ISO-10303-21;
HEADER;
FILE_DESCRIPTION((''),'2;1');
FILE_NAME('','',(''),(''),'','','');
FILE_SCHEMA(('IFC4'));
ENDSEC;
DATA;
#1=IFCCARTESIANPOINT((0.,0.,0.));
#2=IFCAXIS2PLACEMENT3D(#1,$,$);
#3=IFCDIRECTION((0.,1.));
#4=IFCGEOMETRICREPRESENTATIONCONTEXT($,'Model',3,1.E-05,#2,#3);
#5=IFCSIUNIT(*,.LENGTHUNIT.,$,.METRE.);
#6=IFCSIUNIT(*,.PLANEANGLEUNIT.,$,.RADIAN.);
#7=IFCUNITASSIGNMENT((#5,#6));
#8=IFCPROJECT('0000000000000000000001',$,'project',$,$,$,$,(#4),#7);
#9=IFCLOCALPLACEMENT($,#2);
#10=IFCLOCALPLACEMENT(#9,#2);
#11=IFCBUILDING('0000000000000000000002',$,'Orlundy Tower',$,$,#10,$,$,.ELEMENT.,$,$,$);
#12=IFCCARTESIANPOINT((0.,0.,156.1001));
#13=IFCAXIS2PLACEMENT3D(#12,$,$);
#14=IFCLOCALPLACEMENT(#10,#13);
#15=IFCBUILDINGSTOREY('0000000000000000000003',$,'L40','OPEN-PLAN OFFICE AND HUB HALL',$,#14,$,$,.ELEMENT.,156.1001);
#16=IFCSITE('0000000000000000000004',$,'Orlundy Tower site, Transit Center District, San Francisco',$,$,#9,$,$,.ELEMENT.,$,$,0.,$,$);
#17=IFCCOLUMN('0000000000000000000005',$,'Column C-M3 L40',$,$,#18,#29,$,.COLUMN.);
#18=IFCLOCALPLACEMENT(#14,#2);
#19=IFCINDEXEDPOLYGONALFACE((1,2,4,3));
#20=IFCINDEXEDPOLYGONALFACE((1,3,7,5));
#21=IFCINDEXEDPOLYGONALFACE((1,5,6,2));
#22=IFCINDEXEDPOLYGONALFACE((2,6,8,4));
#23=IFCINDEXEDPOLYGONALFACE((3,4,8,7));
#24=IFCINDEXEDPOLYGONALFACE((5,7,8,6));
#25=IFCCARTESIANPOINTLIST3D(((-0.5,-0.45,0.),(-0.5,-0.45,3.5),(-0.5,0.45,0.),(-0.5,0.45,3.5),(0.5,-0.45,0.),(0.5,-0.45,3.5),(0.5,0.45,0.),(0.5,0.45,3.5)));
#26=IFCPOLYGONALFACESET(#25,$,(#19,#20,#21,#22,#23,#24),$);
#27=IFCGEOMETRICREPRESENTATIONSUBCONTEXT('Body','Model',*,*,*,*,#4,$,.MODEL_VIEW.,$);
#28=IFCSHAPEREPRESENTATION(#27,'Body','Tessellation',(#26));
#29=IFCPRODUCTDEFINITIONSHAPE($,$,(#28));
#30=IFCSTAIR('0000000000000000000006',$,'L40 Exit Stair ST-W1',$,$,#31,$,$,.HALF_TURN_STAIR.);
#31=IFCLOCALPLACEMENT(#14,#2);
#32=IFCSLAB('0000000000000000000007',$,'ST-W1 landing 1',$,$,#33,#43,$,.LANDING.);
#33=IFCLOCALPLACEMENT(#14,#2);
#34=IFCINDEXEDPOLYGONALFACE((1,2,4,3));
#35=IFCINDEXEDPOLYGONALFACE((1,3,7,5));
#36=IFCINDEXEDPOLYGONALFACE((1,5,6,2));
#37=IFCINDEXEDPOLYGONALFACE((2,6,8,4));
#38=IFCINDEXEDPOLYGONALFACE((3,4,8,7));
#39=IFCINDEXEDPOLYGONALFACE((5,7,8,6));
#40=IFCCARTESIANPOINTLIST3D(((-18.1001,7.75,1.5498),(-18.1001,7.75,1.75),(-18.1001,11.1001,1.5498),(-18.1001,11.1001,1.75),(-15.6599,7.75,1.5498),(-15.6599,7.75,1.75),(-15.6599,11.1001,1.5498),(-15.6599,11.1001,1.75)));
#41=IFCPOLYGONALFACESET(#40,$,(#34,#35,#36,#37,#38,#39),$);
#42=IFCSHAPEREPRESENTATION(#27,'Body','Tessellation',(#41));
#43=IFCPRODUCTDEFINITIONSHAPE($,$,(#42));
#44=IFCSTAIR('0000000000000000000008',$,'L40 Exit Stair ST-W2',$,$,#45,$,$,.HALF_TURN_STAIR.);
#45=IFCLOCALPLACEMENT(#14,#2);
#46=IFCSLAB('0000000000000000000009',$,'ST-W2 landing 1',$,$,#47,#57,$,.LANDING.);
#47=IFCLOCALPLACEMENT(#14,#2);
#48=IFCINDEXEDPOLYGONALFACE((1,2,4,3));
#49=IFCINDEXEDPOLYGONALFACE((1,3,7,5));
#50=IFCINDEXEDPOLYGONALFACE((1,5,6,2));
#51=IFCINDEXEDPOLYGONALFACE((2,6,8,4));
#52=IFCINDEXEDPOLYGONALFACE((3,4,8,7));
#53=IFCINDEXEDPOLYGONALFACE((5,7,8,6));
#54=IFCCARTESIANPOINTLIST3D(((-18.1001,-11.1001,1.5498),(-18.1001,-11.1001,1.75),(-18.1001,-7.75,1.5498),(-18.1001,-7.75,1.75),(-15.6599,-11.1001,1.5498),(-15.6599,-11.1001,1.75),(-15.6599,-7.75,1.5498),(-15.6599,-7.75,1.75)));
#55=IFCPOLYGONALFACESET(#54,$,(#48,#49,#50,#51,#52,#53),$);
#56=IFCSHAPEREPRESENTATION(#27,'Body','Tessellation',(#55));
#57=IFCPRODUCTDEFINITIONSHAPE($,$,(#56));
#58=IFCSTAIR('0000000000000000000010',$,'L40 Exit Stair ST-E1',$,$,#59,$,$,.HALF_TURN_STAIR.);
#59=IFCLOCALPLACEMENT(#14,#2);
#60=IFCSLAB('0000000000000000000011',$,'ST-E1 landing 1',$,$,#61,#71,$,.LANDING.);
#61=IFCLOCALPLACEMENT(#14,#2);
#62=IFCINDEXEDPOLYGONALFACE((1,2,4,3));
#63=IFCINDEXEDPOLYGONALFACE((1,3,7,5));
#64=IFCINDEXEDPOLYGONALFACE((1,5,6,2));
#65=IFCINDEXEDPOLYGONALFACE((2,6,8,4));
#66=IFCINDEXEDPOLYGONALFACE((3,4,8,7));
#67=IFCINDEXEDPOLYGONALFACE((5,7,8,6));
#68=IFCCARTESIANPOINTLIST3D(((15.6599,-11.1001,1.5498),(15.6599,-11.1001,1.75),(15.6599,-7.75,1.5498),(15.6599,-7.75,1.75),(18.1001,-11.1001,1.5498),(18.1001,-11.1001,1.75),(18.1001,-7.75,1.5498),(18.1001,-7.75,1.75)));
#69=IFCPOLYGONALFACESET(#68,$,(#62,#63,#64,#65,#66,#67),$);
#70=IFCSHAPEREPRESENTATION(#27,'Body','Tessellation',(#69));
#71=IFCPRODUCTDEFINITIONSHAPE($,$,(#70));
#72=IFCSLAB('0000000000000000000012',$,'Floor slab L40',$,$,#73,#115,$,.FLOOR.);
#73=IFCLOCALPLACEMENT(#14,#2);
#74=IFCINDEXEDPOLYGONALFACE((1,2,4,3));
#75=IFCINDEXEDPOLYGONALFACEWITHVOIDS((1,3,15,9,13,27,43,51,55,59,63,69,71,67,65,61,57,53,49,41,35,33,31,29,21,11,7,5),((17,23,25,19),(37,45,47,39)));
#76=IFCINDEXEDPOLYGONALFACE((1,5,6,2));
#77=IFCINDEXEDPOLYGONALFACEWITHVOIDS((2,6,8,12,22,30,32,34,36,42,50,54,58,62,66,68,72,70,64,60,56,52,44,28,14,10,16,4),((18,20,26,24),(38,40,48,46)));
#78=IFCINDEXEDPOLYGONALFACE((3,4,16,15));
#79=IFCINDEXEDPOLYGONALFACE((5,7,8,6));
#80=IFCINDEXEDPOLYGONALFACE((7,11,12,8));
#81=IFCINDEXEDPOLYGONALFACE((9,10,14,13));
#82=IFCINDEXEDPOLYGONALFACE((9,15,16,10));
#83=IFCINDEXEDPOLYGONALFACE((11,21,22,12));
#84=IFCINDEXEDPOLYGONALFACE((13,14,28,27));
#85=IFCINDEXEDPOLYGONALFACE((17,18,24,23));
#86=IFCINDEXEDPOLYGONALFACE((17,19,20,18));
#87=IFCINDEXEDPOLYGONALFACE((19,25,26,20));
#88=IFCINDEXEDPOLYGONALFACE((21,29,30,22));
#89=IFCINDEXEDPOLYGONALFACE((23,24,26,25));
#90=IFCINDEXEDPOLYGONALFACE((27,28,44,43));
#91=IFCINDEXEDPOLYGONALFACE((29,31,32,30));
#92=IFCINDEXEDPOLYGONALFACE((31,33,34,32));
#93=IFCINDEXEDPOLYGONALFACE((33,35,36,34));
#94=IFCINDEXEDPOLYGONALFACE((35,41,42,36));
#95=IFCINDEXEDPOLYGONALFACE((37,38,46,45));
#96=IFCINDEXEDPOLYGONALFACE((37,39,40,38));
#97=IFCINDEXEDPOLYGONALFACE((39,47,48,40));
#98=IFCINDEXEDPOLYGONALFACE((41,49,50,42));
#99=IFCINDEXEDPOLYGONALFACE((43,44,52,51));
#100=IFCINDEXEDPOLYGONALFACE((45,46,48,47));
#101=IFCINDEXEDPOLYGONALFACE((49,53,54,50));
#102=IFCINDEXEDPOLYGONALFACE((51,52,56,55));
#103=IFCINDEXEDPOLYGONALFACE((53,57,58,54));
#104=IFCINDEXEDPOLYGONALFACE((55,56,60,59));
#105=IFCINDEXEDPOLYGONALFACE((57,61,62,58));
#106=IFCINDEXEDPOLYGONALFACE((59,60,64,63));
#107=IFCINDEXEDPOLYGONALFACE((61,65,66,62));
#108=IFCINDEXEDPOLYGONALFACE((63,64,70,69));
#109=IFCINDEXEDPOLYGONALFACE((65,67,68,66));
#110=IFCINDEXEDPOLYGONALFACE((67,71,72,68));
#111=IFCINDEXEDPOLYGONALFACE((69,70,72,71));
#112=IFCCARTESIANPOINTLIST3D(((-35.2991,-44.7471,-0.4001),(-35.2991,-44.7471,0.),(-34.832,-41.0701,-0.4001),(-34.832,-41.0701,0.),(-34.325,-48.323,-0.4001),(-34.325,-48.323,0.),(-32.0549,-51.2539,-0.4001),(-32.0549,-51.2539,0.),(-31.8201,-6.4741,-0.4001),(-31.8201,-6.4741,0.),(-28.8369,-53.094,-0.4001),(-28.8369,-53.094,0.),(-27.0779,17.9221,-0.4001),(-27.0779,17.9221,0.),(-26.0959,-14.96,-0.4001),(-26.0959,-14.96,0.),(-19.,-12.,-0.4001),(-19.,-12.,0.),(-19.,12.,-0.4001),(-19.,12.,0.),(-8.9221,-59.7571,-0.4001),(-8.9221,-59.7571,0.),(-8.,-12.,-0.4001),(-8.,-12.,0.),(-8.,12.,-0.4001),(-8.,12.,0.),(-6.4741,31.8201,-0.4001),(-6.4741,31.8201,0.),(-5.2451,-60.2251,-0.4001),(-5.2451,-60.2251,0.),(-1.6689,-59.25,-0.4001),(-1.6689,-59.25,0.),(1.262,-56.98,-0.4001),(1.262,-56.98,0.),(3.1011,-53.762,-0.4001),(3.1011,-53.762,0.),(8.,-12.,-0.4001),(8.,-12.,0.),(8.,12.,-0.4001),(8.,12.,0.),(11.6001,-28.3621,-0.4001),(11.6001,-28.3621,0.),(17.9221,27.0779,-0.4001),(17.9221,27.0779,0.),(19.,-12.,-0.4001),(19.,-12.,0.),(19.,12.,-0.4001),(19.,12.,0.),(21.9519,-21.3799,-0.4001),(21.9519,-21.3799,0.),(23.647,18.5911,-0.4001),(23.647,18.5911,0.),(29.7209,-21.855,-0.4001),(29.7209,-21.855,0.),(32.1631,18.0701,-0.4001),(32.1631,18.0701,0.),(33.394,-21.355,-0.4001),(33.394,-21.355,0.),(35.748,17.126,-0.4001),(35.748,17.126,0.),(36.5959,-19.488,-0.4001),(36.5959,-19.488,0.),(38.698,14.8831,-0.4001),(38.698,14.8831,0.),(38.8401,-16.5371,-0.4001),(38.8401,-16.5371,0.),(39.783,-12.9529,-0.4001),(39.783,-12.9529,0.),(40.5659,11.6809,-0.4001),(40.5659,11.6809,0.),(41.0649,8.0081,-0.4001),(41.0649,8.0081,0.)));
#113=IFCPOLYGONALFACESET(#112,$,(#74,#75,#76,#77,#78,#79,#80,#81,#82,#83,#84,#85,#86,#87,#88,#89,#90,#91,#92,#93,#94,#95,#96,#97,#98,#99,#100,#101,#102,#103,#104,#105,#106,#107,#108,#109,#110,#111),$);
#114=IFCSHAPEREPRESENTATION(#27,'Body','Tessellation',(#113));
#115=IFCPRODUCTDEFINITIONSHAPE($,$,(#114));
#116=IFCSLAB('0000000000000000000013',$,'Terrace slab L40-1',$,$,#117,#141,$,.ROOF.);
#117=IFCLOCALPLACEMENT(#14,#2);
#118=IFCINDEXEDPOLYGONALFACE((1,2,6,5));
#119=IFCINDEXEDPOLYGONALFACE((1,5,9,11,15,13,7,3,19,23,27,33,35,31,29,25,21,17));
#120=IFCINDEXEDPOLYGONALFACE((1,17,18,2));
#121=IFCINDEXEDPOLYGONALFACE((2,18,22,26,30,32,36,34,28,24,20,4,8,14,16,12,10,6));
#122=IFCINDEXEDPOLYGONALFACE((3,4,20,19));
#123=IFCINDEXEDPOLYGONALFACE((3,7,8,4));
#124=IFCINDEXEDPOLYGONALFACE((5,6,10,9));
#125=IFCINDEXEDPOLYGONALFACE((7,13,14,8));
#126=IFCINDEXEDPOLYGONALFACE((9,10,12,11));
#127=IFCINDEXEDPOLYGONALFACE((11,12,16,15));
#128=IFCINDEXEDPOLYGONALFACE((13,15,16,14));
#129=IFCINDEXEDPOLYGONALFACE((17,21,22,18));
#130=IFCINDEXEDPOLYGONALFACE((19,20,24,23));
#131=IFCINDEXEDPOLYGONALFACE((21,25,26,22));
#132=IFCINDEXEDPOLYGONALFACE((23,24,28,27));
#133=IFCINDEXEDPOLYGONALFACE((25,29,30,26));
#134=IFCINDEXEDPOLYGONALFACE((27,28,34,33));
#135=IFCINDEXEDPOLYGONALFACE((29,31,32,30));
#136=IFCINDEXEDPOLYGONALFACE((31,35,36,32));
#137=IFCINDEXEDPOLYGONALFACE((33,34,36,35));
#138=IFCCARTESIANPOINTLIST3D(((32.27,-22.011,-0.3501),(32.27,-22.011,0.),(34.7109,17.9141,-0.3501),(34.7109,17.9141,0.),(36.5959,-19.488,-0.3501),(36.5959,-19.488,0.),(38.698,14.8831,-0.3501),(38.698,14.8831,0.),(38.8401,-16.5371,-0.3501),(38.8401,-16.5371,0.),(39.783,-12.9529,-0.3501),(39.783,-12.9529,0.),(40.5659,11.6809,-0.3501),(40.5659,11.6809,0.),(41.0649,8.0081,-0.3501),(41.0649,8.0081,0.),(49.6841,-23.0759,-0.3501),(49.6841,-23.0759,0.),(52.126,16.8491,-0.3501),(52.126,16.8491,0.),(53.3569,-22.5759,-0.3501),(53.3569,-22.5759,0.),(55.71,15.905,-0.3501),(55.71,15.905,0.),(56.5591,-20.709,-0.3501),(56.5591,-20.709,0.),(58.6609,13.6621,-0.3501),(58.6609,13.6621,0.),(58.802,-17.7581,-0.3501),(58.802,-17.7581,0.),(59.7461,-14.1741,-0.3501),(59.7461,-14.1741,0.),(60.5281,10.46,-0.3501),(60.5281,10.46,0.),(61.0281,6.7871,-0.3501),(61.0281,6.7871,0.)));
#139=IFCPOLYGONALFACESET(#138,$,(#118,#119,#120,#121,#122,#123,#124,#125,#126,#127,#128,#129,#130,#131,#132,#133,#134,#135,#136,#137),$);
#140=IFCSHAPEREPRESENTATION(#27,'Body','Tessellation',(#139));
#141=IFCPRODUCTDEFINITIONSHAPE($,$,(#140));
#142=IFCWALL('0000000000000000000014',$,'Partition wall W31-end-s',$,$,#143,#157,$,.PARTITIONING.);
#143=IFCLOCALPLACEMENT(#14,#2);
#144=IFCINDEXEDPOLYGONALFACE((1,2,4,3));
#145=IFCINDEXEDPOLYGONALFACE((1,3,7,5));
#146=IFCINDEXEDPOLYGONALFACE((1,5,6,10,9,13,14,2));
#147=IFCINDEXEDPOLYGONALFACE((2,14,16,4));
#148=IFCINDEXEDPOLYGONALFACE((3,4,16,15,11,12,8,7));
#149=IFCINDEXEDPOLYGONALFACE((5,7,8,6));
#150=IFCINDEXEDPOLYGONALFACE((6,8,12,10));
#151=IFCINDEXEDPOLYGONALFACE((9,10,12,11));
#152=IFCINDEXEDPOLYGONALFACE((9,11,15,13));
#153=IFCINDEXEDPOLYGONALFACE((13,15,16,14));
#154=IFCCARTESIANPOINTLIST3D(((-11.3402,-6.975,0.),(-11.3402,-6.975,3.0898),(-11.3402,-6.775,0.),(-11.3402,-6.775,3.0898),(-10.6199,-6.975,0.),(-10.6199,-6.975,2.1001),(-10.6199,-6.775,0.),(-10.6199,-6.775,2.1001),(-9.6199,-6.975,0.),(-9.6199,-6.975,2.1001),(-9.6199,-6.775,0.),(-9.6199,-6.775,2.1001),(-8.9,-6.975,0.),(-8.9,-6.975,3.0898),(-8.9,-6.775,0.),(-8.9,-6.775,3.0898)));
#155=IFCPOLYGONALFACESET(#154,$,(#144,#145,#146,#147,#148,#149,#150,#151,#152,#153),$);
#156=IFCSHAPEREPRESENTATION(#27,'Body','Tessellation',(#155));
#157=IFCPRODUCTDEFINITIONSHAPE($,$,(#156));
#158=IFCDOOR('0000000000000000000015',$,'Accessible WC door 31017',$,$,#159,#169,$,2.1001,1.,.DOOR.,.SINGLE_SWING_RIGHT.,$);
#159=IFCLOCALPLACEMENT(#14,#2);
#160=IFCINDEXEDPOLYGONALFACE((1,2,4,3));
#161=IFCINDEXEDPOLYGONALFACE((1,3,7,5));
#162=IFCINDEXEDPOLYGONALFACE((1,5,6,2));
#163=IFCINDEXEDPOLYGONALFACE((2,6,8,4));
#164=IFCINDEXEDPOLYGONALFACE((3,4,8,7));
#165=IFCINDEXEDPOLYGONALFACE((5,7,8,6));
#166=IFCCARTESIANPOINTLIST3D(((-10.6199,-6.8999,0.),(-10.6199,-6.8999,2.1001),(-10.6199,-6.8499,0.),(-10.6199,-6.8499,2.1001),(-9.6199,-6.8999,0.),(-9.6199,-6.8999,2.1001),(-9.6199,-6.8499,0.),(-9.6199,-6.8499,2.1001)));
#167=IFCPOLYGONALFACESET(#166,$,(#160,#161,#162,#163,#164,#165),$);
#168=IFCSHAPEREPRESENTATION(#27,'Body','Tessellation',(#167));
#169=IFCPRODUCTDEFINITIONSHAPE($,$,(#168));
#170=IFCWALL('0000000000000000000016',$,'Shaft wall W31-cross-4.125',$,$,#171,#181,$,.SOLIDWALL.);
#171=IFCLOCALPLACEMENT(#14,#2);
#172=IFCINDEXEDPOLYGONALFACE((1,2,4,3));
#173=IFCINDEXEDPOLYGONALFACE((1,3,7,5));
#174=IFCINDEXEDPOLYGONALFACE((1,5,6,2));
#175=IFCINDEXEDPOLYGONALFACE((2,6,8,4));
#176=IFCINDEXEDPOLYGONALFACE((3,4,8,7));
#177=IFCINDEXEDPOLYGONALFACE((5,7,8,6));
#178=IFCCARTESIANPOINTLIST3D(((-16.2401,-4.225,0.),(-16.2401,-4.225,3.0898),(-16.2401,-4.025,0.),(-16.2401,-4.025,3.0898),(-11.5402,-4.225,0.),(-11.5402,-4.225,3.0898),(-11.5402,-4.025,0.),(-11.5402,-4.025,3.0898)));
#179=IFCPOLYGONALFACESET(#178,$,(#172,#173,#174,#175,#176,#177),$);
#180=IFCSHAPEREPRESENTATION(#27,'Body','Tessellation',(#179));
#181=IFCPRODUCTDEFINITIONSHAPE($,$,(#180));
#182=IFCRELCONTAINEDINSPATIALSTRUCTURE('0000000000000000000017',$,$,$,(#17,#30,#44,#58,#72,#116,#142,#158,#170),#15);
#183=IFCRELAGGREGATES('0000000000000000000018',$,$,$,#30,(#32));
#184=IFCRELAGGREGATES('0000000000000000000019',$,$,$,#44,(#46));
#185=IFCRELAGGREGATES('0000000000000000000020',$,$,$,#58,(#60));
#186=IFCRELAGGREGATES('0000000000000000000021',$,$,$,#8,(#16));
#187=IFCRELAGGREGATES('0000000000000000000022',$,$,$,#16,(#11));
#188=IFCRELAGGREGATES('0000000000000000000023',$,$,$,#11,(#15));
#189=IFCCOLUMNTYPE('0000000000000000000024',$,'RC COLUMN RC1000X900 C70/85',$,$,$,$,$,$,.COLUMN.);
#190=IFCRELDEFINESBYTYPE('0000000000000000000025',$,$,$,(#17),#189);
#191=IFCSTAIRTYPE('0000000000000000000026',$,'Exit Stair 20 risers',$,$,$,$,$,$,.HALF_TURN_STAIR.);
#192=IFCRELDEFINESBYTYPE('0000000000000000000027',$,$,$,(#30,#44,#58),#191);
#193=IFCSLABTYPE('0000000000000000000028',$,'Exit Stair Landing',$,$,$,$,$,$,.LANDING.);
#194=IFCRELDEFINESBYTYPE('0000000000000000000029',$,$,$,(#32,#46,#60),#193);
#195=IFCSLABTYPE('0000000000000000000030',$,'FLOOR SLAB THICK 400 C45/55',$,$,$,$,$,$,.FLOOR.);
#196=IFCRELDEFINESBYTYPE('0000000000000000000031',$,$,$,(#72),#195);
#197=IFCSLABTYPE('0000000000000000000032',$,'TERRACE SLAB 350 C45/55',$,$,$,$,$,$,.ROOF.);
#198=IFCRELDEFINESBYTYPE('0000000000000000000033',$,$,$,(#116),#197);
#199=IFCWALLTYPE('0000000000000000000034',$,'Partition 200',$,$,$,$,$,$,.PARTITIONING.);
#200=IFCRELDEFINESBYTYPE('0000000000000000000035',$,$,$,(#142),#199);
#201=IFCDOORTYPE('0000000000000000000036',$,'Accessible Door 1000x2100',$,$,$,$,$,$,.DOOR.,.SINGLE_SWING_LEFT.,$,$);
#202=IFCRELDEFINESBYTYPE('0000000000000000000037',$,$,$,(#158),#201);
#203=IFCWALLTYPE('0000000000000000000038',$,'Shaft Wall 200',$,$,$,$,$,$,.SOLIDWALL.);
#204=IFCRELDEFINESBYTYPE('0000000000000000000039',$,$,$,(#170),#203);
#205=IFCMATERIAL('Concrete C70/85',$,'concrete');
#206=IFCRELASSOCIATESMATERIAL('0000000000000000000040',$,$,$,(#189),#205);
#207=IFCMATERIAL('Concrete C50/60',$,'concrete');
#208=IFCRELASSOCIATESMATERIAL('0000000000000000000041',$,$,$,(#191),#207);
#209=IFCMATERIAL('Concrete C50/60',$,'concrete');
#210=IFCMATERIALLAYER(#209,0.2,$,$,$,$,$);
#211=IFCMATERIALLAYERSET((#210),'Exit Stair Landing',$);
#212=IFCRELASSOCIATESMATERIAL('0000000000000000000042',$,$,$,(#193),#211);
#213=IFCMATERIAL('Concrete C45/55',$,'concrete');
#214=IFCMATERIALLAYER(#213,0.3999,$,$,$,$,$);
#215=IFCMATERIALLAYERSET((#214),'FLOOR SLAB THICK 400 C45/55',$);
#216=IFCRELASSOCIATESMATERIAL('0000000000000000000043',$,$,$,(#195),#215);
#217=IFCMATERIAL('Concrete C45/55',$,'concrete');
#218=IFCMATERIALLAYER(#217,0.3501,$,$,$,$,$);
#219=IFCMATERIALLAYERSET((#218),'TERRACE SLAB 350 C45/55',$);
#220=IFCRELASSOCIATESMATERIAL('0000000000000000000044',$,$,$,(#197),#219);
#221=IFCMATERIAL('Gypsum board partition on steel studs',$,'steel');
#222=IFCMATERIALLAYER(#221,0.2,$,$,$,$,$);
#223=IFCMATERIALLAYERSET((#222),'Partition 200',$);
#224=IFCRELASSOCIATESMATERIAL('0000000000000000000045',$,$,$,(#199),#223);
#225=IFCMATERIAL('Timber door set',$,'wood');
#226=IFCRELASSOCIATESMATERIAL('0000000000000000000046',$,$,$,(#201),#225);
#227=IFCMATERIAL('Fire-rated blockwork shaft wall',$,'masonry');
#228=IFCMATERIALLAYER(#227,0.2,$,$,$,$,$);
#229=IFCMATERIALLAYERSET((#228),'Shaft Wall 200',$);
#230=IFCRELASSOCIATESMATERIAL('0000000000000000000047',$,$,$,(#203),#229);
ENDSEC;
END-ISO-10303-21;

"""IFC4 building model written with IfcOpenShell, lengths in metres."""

from ifc_helpers import new_model, si_unit, direction, frame, frame_2d, origin, origin_with_axes, origin_2d, place, context, subcontext, project, spatial, polyline, rectangle, outline, extrude, material, layer, layer_set, material_profile, profile_set, type_object, element, fill, aggregate, save


model = new_model("IFC4")

# Units and contexts
model_context = context("Model", 3, precision=1e-05, world=origin(), true_north=direction((0.0, 1.0)))
body_context = subcontext(model_context, "Body", "Model", "MODEL_VIEW")
ifc_project = project(units=[si_unit("LENGTHUNIT", "METRE"), si_unit("PLANEANGLEUNIT", "RADIAN")], contexts=[model_context])

# Site, building, storey
site_placement = place(None, origin())
site = spatial("IfcSite", under=ifc_project, at=site_placement, Name="Orlundy Tower site, Transit Center District, San Francisco", CompositionType="ELEMENT", RefElevation=0.0)
building_placement = place(site_placement, origin())
building = spatial("IfcBuilding", under=site, at=building_placement, Name="Orlundy Tower", CompositionType="ELEMENT")
storey_placement = place(building_placement, frame((0.0, 0.0, 156.1001)))
storey = spatial("IfcBuildingStorey", under=building, at=storey_placement, Name="L40", Description="OPEN-PLAN OFFICE AND HUB HALL", CompositionType="ELEMENT", Elevation=156.1001)

# Column
ifc_material_1 = material(Name="Concrete C70/85", Category="concrete")
ifc_material_profile = material_profile(ifc_material_1, rectangle(XDim=1.0, YDim=0.8999, at=origin_2d()), Name="RC1000X900")
ifc_profile_set = profile_set([ifc_material_profile], Name="Concrete C70/85")
column_type = type_object("IfcColumnType", Name="RC COLUMN RC1000X900 C70/85", PredefinedType="COLUMN", material=ifc_profile_set)
column_placement = place(storey_placement, origin_with_axes())
element("IfcColumn", 1, at=column_placement, inside=storey, type_object=column_type, Name="Column C-M3 L40", PredefinedType="COLUMN", context=body_context, shape_type="SweptSolid", body=[
    extrude(rectangle(XDim=1.0, YDim=0.8999, at=origin_2d()), origin(), (0.0, 0.0, 1.0), 3.5),
])

# Stairs, slabs
ifc_material_2 = material(Name="Concrete C50/60", Category="concrete")
stair_type = type_object("IfcStairType", Name="Exit Stair 20 risers", PredefinedType="HALF_TURN_STAIR", material=ifc_material_2)
stair_1_placement = place(storey_placement, origin())
stair_1 = element("IfcStair", 2, at=stair_1_placement, inside=storey, type_object=stair_type, Name="L40 Exit Stair ST-W1", PredefinedType="HALF_TURN_STAIR")
ifc_material_3 = material(Name="Concrete C50/60", Category="concrete")
ifc_layer_1 = layer(ifc_material_3, 0.2)
ifc_layer_set_1 = layer_set([ifc_layer_1], Name="Exit Stair Landing")
slab_type_1 = type_object("IfcSlabType", Name="Exit Stair Landing", PredefinedType="LANDING", material=ifc_layer_set_1)
slab_1_placement = place(storey_placement, frame((0.0, 0.0, 1.5498)))
slab_1 = element("IfcSlab", 3, at=slab_1_placement, type_object=slab_type_1, Name="ST-W1 landing 1", PredefinedType="LANDING", context=body_context, shape_type="SweptSolid", body=[
    extrude(outline(polyline([(-15.6599, 11.1001), (-18.1001, 11.1001), (-18.1001, 7.75), (-15.6599, 7.75), (-15.6599, 11.1001)])), origin(), (0.0, 0.0, 1.0), 0.2002),
])
aggregate(stair_1, [slab_1])
stair_2_placement = place(storey_placement, origin())
stair_2 = element("IfcStair", 4, at=stair_2_placement, inside=storey, type_object=stair_type, Name="L40 Exit Stair ST-W2", PredefinedType="HALF_TURN_STAIR")
slab_2_placement = place(storey_placement, frame((0.0, 0.0, 1.5498)))
slab_2 = element("IfcSlab", 5, at=slab_2_placement, type_object=slab_type_1, Name="ST-W2 landing 1", PredefinedType="LANDING", context=body_context, shape_type="SweptSolid", body=[
    extrude(outline(polyline([(-15.6599, -7.75), (-18.1001, -7.75), (-18.1001, -11.1001), (-15.6599, -11.1001), (-15.6599, -7.75)])), origin(), (0.0, 0.0, 1.0), 0.2002),
])
aggregate(stair_2, [slab_2])
stair_3_placement = place(storey_placement, origin())
stair_3 = element("IfcStair", 6, at=stair_3_placement, inside=storey, type_object=stair_type, Name="L40 Exit Stair ST-E1", PredefinedType="HALF_TURN_STAIR")
slab_3_placement = place(storey_placement, frame((0.0, 0.0, 1.5498)))
slab_3 = element("IfcSlab", 7, at=slab_3_placement, type_object=slab_type_1, Name="ST-E1 landing 1", PredefinedType="LANDING", context=body_context, shape_type="SweptSolid", body=[
    extrude(outline(polyline([(15.6599, -11.1001), (18.1001, -11.1001), (18.1001, -7.75), (15.6599, -7.75), (15.6599, -11.1001)])), origin(), (0.0, 0.0, 1.0), 0.2002),
])
aggregate(stair_3, [slab_3])

# Slabs
ifc_material_4 = material(Name="Concrete C45/55", Category="concrete")
ifc_layer_2 = layer(ifc_material_4, 0.3999)
ifc_layer_set_2 = layer_set([ifc_layer_2], Name="FLOOR SLAB THICK 400 C45/55")
slab_type_2 = type_object("IfcSlabType", Name="FLOOR SLAB THICK 400 C45/55", PredefinedType="FLOOR", material=ifc_layer_set_2)
slab_4_placement = place(storey_placement, frame((0.0, 0.0, -0.4001)))
element("IfcSlab", 8, at=slab_4_placement, inside=storey, type_object=slab_type_2, Name="Floor slab L40", PredefinedType="FLOOR", context=body_context, shape_type="SweptSolid", body=[
    extrude(outline(polyline([(-26.0959, -14.96), (-31.8201, -6.4741), (-27.0779, 17.9221), (-6.4741, 31.8201), (17.9221, 27.0779), (23.647, 18.5911), (32.1631, 18.0701), (35.748, 17.126), (38.698, 14.8831), (40.5659, 11.6809), (41.0649, 8.0081), (39.783, -12.9529), (38.8401, -16.5371), (36.5959, -19.488), (33.394, -21.355), (29.7209, -21.855), (21.9519, -21.3799), (11.6001, -28.3621), (3.1011, -53.762), (1.262, -56.98), (-1.6689, -59.25), (-5.2451, -60.2251), (-8.9221, -59.7571), (-28.8369, -53.094), (-32.0549, -51.2539), (-34.325, -48.323), (-35.2991, -44.7471), (-34.832, -41.0701), (-26.0959, -14.96)]), holes=[polyline([(-8.0, -12.0), (-8.0, 12.0), (-19.0, 12.0), (-19.0, -12.0), (-8.0, -12.0)]), polyline([(19.0, -12.0), (19.0, 12.0), (8.0, 12.0), (8.0, -12.0), (19.0, -12.0)])]), origin(), (0.0, 0.0, 1.0), 0.4001),
])
ifc_material_5 = material(Name="Concrete C45/55", Category="concrete")
ifc_layer_3 = layer(ifc_material_5, 0.3501)
ifc_layer_set_3 = layer_set([ifc_layer_3], Name="TERRACE SLAB 350 C45/55")
slab_type_3 = type_object("IfcSlabType", Name="TERRACE SLAB 350 C45/55", PredefinedType="ROOF", material=ifc_layer_set_3)
slab_5_placement = place(storey_placement, frame((0.0, 0.0, -0.3501)))
element("IfcSlab", 9, at=slab_5_placement, inside=storey, type_object=slab_type_3, Name="Terrace slab L40-1", PredefinedType="ROOF", context=body_context, shape_type="SweptSolid", body=[
    extrude(outline(polyline([(32.27, -22.011), (36.5959, -19.488), (38.8401, -16.5371), (39.783, -12.9529), (41.0649, 8.0081), (40.5659, 11.6809), (38.698, 14.8831), (34.7109, 17.9141), (52.126, 16.8491), (55.71, 15.905), (58.6609, 13.6621), (60.5281, 10.46), (61.0281, 6.7871), (59.7461, -14.1741), (58.802, -17.7581), (56.5591, -20.709), (53.3569, -22.5759), (49.6841, -23.0759), (32.27, -22.011)])), origin(), (0.0, 0.0, 1.0), 0.3501),
])

# Wall, opening, door
ifc_material_6 = material(Name="Gypsum board partition on steel studs", Category="steel")
ifc_layer_4 = layer(ifc_material_6, 0.2)
ifc_layer_set_4 = layer_set([ifc_layer_4], Name="Partition 200")
wall_type_1 = type_object("IfcWallType", Name="Partition 200", PredefinedType="PARTITIONING", material=ifc_layer_set_4)
wall_1_placement = place(storey_placement, frame((-8.8999, -6.875, 0.0), z_axis=(0.0, 0.0, 1.0), x_axis=(-1.0, 0.0, 0.0)))
wall_1 = element("IfcWall", 10, at=wall_1_placement, inside=storey, type_object=wall_type_1, Name="Partition wall W31-end-s", PredefinedType="PARTITIONING", context=body_context, shape_type="SweptSolid", body=[
    extrude(rectangle(XDim=2.4402, YDim=0.2, at=frame_2d((1.2202, 0.0))), origin(), (0.0, 0.0, 1.0), 3.0898),
])
opening_placement = place(wall_1_placement, frame((0.72, 0.0, 0.0)))
opening = element("IfcOpeningElement", 11, at=opening_placement, cuts=wall_1, PredefinedType="OPENING", context=body_context, shape_type="SweptSolid", body=[
    extrude(rectangle(XDim=1.0, YDim=2.1001, at=frame_2d((0.5, 1.05))), frame((0.0, 0.1101, 0.0), z_axis=(0.0, -1.0, 0.0), x_axis=(1.0, 0.0, 0.0)), (0.0, 0.0, 1.0), 0.2202),
])
ifc_material_7 = material(Name="Timber door set", Category="wood")
door_type = type_object("IfcDoorType", Name="Accessible Door 1000x2100", OperationType="SINGLE_SWING_LEFT", PredefinedType="DOOR", material=ifc_material_7)
door_placement = place(opening_placement, origin())
door = element("IfcDoor", 12, at=door_placement, inside=storey, type_object=door_type, Name="Accessible WC door 31017", OperationType="SINGLE_SWING_RIGHT", OverallHeight=2.1001, OverallWidth=1.0, PredefinedType="DOOR", context=body_context, shape_type="SweptSolid", body=[
    extrude(rectangle(XDim=1.0, YDim=2.1001, at=frame_2d((0.5, 1.05))), frame((0.0, 0.0249, 0.0), z_axis=(0.0, -1.0, 0.0), x_axis=(1.0, 0.0, 0.0)), (0.0, 0.0, 1.0), 0.05),
])
fill(opening, door)

# Wall
ifc_material_8 = material(Name="Fire-rated blockwork shaft wall", Category="masonry")
ifc_layer_5 = layer(ifc_material_8, 0.2)
ifc_layer_set_5 = layer_set([ifc_layer_5], Name="Shaft Wall 200")
wall_type_2 = type_object("IfcWallType", Name="Shaft Wall 200", PredefinedType="SOLIDWALL", material=ifc_layer_set_5)
wall_2_placement = place(storey_placement, frame((-11.54, -4.125, 0.0), z_axis=(0.0, 0.0, 1.0), x_axis=(-1.0, 0.0, 0.0)))
element("IfcWall", 13, at=wall_2_placement, inside=storey, type_object=wall_type_2, Name="Shaft wall W31-cross-4.125", PredefinedType="SOLIDWALL", context=body_context, shape_type="SweptSolid", body=[
    extrude(rectangle(XDim=4.7, YDim=0.2, at=frame_2d((2.3501, 0.0))), origin(), (0.0, 0.0, 1.0), 3.0898),
])

save(model, "model.ifc")
